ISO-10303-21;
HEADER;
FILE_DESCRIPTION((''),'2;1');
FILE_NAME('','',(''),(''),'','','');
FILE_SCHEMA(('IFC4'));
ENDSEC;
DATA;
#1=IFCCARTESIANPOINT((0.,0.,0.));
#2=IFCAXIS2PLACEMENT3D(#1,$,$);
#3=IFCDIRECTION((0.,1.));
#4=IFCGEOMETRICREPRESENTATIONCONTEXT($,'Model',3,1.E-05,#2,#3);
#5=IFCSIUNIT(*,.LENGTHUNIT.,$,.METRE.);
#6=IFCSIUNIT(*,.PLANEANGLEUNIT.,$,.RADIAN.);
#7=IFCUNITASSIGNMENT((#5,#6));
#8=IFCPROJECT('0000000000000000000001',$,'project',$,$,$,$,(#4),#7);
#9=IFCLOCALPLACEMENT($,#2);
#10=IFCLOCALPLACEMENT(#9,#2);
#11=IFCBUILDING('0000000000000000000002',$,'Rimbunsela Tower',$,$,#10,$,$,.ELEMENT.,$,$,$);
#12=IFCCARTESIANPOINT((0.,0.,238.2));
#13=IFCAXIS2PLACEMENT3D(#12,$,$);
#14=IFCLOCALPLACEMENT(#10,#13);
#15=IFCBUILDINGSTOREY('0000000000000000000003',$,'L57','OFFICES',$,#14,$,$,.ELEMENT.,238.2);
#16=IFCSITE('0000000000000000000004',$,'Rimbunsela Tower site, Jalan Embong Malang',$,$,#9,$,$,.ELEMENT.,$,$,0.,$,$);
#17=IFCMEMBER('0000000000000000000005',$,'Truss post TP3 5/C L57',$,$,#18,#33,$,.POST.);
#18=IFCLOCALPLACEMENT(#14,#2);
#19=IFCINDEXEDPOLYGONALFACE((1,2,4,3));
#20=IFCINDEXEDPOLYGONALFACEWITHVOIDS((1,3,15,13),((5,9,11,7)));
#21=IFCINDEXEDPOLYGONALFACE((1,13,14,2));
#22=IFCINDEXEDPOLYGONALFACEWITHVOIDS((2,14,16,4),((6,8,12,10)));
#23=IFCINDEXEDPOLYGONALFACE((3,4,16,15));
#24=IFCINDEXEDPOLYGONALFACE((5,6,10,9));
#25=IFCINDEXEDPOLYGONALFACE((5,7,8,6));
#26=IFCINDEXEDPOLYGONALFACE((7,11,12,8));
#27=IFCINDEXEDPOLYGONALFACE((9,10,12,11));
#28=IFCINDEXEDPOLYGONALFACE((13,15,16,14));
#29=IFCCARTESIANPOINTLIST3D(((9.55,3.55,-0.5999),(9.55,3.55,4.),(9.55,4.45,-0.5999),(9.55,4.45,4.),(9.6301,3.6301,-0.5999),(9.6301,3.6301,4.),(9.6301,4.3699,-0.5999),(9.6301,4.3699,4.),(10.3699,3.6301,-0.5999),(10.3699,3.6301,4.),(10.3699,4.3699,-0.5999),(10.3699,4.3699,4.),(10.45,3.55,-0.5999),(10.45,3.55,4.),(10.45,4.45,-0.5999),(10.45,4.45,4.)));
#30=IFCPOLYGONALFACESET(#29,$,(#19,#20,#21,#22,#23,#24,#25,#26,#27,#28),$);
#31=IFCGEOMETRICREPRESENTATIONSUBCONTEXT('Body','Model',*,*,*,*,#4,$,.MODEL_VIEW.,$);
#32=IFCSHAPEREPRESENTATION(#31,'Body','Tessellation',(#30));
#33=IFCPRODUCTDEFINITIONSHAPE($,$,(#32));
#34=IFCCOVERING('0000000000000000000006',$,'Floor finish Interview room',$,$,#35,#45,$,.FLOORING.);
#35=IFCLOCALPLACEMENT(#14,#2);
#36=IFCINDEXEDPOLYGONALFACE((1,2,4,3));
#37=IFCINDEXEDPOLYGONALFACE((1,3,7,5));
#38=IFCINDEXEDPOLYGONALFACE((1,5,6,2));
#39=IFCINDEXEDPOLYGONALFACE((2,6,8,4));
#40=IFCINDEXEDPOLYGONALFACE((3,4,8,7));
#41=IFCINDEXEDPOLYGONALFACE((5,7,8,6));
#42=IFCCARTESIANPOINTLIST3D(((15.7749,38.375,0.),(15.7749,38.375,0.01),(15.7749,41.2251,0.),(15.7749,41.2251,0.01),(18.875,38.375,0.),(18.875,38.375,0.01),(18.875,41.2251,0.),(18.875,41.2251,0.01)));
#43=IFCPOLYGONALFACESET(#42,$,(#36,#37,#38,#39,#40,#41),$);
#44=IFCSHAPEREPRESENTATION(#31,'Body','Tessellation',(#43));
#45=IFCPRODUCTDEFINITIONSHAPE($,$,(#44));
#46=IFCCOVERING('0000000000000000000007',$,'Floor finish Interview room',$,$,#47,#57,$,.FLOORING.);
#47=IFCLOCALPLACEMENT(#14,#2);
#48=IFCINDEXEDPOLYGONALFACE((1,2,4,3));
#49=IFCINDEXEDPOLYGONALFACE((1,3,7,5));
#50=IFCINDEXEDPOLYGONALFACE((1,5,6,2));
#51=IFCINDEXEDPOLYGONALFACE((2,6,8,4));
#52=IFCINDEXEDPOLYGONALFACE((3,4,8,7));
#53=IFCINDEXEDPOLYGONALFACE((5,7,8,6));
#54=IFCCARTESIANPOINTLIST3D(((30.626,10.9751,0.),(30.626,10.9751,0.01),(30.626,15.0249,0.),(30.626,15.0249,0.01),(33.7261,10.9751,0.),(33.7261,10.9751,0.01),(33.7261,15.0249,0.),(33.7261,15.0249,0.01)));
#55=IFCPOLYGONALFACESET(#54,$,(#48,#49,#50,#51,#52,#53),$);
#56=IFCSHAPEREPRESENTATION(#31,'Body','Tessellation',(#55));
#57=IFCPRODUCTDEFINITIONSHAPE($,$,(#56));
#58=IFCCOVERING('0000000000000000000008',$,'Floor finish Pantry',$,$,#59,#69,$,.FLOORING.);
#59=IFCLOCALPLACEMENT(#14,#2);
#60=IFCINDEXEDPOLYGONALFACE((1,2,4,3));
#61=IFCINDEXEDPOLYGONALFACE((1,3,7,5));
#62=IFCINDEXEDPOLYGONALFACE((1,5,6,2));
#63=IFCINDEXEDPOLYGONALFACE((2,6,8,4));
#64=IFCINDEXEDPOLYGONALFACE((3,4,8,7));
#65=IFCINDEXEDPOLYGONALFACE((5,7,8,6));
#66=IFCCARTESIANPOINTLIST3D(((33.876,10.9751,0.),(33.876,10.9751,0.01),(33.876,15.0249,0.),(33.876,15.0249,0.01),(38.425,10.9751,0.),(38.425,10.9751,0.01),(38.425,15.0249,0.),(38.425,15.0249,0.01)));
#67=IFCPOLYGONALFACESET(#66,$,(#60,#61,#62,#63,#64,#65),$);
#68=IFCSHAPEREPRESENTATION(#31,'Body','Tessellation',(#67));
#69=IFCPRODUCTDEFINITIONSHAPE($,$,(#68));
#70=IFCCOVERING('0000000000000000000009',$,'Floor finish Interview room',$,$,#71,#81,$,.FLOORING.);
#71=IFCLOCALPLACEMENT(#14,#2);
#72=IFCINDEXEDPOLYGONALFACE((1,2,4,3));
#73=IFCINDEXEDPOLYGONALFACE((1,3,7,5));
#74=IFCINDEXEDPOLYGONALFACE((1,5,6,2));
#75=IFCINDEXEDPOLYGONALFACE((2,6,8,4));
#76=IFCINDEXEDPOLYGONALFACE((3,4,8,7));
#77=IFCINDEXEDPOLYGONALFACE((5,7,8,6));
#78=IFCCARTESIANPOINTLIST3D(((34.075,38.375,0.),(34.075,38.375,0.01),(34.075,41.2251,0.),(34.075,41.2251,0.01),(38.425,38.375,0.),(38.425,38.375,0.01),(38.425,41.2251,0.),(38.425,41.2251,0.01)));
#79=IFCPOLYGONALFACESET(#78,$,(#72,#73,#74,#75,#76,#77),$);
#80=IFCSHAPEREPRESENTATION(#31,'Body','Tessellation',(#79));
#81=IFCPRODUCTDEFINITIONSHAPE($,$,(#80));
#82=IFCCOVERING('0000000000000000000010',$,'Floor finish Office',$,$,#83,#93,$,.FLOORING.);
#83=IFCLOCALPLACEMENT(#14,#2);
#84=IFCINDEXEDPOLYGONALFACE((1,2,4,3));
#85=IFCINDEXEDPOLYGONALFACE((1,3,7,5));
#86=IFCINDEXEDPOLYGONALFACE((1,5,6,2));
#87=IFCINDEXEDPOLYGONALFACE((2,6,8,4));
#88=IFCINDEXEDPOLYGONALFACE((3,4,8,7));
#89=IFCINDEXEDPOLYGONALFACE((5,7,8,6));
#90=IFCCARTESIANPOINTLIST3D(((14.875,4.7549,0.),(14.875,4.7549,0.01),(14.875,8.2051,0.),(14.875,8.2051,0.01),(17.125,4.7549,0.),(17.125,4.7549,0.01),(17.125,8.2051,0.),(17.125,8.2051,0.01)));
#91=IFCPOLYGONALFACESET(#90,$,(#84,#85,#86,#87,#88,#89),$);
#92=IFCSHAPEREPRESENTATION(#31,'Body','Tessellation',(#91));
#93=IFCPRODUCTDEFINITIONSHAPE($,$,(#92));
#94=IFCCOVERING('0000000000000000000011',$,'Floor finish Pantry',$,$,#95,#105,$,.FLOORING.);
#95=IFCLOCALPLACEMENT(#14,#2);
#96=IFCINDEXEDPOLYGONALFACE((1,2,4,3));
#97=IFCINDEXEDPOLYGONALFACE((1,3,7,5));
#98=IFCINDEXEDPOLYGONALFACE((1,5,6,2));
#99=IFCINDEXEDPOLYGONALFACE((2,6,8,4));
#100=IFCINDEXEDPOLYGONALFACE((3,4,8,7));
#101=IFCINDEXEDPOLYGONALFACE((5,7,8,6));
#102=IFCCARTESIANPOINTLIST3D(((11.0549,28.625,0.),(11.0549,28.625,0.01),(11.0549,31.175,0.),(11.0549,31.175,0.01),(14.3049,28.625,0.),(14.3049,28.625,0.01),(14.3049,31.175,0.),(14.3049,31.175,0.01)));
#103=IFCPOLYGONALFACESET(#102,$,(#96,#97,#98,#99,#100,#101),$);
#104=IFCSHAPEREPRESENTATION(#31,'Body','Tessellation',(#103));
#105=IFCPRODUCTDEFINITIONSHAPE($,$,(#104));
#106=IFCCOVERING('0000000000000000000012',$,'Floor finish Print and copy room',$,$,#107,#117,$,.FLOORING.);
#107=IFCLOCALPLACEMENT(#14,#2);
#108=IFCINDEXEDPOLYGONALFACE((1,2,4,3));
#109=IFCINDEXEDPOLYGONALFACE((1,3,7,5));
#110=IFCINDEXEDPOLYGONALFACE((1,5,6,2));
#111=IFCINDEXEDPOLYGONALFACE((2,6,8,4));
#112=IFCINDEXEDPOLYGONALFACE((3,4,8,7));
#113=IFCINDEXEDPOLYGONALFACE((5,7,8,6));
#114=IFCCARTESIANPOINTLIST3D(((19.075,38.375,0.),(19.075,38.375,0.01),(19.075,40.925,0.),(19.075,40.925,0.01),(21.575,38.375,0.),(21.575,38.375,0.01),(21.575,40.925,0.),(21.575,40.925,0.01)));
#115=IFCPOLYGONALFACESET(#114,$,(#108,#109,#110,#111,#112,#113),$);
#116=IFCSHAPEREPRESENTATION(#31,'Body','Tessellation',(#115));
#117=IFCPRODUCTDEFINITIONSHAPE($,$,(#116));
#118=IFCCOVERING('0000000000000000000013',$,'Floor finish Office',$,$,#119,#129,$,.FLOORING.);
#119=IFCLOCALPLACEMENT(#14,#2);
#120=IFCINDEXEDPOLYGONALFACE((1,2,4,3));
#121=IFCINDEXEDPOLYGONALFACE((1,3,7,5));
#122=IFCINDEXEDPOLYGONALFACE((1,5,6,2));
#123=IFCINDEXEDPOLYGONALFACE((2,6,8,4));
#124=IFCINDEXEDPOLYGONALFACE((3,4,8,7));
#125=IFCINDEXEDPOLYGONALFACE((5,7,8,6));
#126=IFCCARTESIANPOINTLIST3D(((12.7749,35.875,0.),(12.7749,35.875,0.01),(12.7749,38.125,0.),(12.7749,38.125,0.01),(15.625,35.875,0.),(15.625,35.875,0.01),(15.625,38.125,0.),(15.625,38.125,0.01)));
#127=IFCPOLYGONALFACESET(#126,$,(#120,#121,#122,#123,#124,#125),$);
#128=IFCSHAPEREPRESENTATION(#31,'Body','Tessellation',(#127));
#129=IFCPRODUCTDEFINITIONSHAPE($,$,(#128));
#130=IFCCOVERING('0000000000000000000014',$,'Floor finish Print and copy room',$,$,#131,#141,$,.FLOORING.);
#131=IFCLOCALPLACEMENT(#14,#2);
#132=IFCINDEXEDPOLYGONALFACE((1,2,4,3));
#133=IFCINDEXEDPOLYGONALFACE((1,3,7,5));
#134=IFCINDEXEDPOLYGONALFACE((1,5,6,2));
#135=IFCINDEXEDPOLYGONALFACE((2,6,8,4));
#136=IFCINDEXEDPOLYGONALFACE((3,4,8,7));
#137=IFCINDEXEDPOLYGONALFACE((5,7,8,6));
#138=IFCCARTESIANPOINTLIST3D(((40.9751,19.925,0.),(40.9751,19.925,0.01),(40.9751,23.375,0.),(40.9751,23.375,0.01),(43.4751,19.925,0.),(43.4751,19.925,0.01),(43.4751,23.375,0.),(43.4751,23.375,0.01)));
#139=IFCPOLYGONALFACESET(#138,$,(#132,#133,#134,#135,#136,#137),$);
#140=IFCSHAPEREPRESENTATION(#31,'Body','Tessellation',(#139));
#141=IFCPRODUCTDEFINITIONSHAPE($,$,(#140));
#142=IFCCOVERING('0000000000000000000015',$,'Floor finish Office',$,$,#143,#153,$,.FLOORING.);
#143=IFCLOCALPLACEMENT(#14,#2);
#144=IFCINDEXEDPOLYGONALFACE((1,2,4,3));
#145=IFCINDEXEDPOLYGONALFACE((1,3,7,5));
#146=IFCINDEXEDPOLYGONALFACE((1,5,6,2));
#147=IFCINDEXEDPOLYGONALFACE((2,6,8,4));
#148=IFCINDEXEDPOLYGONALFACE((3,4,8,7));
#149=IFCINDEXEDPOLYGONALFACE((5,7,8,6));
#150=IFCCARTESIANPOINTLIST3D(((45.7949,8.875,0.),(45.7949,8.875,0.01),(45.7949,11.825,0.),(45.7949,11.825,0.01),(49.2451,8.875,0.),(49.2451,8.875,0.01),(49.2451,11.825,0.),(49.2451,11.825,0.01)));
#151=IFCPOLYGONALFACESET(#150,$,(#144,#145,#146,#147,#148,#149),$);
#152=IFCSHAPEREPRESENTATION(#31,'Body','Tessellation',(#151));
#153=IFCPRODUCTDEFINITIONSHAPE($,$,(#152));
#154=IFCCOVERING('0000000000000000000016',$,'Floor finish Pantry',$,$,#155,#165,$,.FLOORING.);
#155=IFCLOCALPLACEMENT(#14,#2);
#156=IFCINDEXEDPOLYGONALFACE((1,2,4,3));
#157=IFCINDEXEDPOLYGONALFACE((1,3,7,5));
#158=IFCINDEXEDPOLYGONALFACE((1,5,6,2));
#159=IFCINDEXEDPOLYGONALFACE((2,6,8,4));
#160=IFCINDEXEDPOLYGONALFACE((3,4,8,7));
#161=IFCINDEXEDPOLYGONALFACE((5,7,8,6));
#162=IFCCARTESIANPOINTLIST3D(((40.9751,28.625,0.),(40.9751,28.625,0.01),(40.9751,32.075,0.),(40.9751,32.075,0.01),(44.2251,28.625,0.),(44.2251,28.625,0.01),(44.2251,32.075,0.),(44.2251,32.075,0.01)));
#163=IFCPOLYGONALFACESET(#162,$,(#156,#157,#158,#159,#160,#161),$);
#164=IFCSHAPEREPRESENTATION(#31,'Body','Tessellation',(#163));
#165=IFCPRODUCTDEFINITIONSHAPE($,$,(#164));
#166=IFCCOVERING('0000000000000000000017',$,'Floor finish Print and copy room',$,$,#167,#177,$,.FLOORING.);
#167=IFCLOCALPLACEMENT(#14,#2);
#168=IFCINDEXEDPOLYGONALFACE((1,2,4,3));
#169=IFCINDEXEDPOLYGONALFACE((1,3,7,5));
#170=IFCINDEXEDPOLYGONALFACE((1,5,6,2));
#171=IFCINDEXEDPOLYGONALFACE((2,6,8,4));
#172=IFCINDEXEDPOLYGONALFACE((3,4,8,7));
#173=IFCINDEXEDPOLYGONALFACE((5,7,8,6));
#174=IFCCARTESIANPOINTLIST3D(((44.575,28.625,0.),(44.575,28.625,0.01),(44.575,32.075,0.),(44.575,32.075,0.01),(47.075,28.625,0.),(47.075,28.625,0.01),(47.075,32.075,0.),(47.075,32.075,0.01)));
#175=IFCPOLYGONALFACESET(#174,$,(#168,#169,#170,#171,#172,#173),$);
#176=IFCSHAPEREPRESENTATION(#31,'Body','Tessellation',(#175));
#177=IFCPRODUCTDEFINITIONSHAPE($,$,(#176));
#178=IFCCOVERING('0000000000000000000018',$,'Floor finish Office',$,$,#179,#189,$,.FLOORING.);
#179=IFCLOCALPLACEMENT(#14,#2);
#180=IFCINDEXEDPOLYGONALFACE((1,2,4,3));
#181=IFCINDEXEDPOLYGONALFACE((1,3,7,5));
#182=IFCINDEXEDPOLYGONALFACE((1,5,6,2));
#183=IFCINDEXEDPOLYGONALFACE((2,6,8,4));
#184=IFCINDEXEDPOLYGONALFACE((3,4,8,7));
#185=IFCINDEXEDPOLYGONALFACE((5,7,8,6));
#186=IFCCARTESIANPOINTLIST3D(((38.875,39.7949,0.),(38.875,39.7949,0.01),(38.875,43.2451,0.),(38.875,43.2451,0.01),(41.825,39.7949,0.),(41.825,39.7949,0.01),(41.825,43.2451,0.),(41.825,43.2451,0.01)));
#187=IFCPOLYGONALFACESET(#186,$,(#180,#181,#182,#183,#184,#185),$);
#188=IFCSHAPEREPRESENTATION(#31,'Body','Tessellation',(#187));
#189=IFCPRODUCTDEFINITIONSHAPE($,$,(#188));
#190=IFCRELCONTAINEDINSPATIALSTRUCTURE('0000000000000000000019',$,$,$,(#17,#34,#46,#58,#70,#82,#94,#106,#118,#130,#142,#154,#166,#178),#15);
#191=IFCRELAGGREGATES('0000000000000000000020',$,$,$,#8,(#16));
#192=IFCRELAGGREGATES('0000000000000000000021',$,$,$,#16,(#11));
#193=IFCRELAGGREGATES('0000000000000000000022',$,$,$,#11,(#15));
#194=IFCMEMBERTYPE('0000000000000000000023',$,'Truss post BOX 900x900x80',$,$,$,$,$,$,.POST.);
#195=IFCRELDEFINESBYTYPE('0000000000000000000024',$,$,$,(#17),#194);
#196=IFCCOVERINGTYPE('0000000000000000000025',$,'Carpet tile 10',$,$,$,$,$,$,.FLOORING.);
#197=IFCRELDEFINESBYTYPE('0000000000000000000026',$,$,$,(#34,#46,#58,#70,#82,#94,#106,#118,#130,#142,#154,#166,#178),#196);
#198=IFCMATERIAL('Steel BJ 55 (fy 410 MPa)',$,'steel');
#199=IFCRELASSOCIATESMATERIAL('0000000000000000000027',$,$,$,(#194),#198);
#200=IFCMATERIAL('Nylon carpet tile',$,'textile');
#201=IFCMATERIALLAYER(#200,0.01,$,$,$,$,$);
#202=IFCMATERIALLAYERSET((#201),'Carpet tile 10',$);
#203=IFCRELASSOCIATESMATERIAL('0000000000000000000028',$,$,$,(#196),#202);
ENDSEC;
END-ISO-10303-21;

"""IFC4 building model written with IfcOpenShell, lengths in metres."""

from ifc_helpers import new_model, si_unit, direction, frame, origin, origin_2d, place, context, subcontext, project, spatial, polyline, hollow_rectangle, outline, extrude, material, layer, layer_set, material_profile, profile_set, type_object, element, save


model = new_model("IFC4")

# Units and contexts
model_context = context("Model", 3, precision=1e-05, world=origin(), true_north=direction((0.0, 1.0)))
body_context = subcontext(model_context, "Body", "Model", "MODEL_VIEW")
ifc_project = project(units=[si_unit("LENGTHUNIT", "METRE"), si_unit("PLANEANGLEUNIT", "RADIAN")], contexts=[model_context])

# Site, building, storey
site_placement = place(None, origin())
site = spatial("IfcSite", under=ifc_project, at=site_placement, Name="Rimbunsela Tower site, Jalan Embong Malang", CompositionType="ELEMENT", RefElevation=0.0)
building_placement = place(site_placement, origin())
building = spatial("IfcBuilding", under=site, at=building_placement, Name="Rimbunsela Tower", CompositionType="ELEMENT")
storey_placement = place(building_placement, frame((0.0, 0.0, 238.2)))
storey = spatial("IfcBuildingStorey", under=building, at=storey_placement, Name="L57", Description="OFFICES", CompositionType="ELEMENT", Elevation=238.2)

# Member
ifc_material_1 = material(Name="Steel BJ 55 (fy 410 MPa)", Category="steel")
ifc_material_profile_1 = material_profile(ifc_material_1, hollow_rectangle(XDim=0.8999, YDim=0.8999, WallThickness=0.0801, at=origin_2d()), Name="BOX 900x900x80")
ifc_profile_set_1 = profile_set([ifc_material_profile_1], Name="Steel BJ 55 (fy 410 MPa)")
member_type_1 = type_object("IfcMemberType", Name="Truss post BOX 900x900x80", PredefinedType="POST", material=ifc_profile_set_1)
member_placement = place(storey_placement, frame((10.0, 4.0, -0.5999), z_axis=(0.0, 0.0, 1.0), x_axis=(1.0, 0.0, 0.0)))
element("IfcMember", 1, at=member_placement, inside=storey, type_object=member_type_1, Name="Truss post TP3 5/C L57", PredefinedType="POST", context=body_context, shape_type="SweptSolid", body=[
    extrude(hollow_rectangle(XDim=0.8999, YDim=0.8999, WallThickness=0.0801, at=origin_2d()), origin(), (0.0, 0.0, 1.0), 4.5999),
])

# Coverings
ifc_material_2 = material(Name="Nylon carpet tile", Category="textile")
ifc_layer_1 = layer(ifc_material_2, 0.01)
ifc_layer_set_1 = layer_set([ifc_layer_1], Name="Carpet tile 10")
covering_type_1 = type_object("IfcCoveringType", Name="Carpet tile 10", PredefinedType="FLOORING", material=ifc_layer_set_1)
covering_1_placement = place(storey_placement, origin())
element("IfcCovering", 2, at=covering_1_placement, inside=storey, type_object=covering_type_1, Name="Floor finish Interview room", PredefinedType="FLOORING", context=body_context, shape_type="SweptSolid", body=[
    extrude(outline(polyline([(18.875, 38.375), (18.875, 41.2251), (15.7749, 41.2251), (15.7749, 38.375), (18.875, 38.375)])), origin(), (0.0, 0.0, 1.0), 0.01),
])
covering_2_placement = place(storey_placement, origin())
element("IfcCovering", 3, at=covering_2_placement, inside=storey, type_object=covering_type_1, Name="Floor finish Interview room", PredefinedType="FLOORING", context=body_context, shape_type="SweptSolid", body=[
    extrude(outline(polyline([(33.7261, 10.9751), (33.7261, 15.0249), (30.626, 15.0249), (30.626, 10.9751), (33.7261, 10.9751)])), origin(), (0.0, 0.0, 1.0), 0.01),
])
covering_3_placement = place(storey_placement, origin())
element("IfcCovering", 4, at=covering_3_placement, inside=storey, type_object=covering_type_1, Name="Floor finish Pantry", PredefinedType="FLOORING", context=body_context, shape_type="SweptSolid", body=[
    extrude(outline(polyline([(38.425, 10.9751), (38.425, 15.0249), (33.876, 15.0249), (33.876, 10.9751), (38.425, 10.9751)])), origin(), (0.0, 0.0, 1.0), 0.01),
])
covering_4_placement = place(storey_placement, origin())
element("IfcCovering", 5, at=covering_4_placement, inside=storey, type_object=covering_type_1, Name="Floor finish Interview room", PredefinedType="FLOORING", context=body_context, shape_type="SweptSolid", body=[
    extrude(outline(polyline([(38.425, 38.375), (38.425, 41.2251), (34.075, 41.2251), (34.075, 38.375), (38.425, 38.375)])), origin(), (0.0, 0.0, 1.0), 0.01),
])
covering_5_placement = place(storey_placement, origin())
element("IfcCovering", 6, at=covering_5_placement, inside=storey, type_object=covering_type_1, Name="Floor finish Office", PredefinedType="FLOORING", context=body_context, shape_type="SweptSolid", body=[
    extrude(outline(polyline([(17.125, 4.7549), (17.125, 8.2051), (14.875, 8.2051), (14.875, 4.7549), (17.125, 4.7549)])), origin(), (0.0, 0.0, 1.0), 0.01),
])
covering_6_placement = place(storey_placement, origin())
element("IfcCovering", 7, at=covering_6_placement, inside=storey, type_object=covering_type_1, Name="Floor finish Pantry", PredefinedType="FLOORING", context=body_context, shape_type="SweptSolid", body=[
    extrude(outline(polyline([(14.3049, 28.625), (14.3049, 31.175), (11.0549, 31.175), (11.0549, 28.625), (14.3049, 28.625)])), origin(), (0.0, 0.0, 1.0), 0.01),
])
covering_7_placement = place(storey_placement, origin())
element("IfcCovering", 8, at=covering_7_placement, inside=storey, type_object=covering_type_1, Name="Floor finish Print and copy room", PredefinedType="FLOORING", context=body_context, shape_type="SweptSolid", body=[
    extrude(outline(polyline([(21.575, 38.375), (21.575, 40.925), (19.075, 40.925), (19.075, 38.375), (21.575, 38.375)])), origin(), (0.0, 0.0, 1.0), 0.01),
])
covering_8_placement = place(storey_placement, origin())
element("IfcCovering", 9, at=covering_8_placement, inside=storey, type_object=covering_type_1, Name="Floor finish Office", PredefinedType="FLOORING", context=body_context, shape_type="SweptSolid", body=[
    extrude(outline(polyline([(15.625, 35.875), (15.625, 38.125), (12.7749, 38.125), (12.7749, 35.875), (15.625, 35.875)])), origin(), (0.0, 0.0, 1.0), 0.01),
])
covering_9_placement = place(storey_placement, origin())
element("IfcCovering", 10, at=covering_9_placement, inside=storey, type_object=covering_type_1, Name="Floor finish Print and copy room", PredefinedType="FLOORING", context=body_context, shape_type="SweptSolid", body=[
    extrude(outline(polyline([(43.4751, 19.925), (43.4751, 23.375), (40.9751, 23.375), (40.9751, 19.925), (43.4751, 19.925)])), origin(), (0.0, 0.0, 1.0), 0.01),
])
covering_10_placement = place(storey_placement, origin())
element("IfcCovering", 11, at=covering_10_placement, inside=storey, type_object=covering_type_1, Name="Floor finish Office", PredefinedType="FLOORING", context=body_context, shape_type="SweptSolid", body=[
    extrude(outline(polyline([(49.2451, 8.875), (49.2451, 11.825), (45.7949, 11.825), (45.7949, 8.875), (49.2451, 8.875)])), origin(), (0.0, 0.0, 1.0), 0.01),
])
covering_11_placement = place(storey_placement, origin())
element("IfcCovering", 12, at=covering_11_placement, inside=storey, type_object=covering_type_1, Name="Floor finish Pantry", PredefinedType="FLOORING", context=body_context, shape_type="SweptSolid", body=[
    extrude(outline(polyline([(44.2251, 28.625), (44.2251, 32.075), (40.9751, 32.075), (40.9751, 28.625), (44.2251, 28.625)])), origin(), (0.0, 0.0, 1.0), 0.01),
])
covering_12_placement = place(storey_placement, origin())
element("IfcCovering", 13, at=covering_12_placement, inside=storey, type_object=covering_type_1, Name="Floor finish Print and copy room", PredefinedType="FLOORING", context=body_context, shape_type="SweptSolid", body=[
    extrude(outline(polyline([(47.075, 28.625), (47.075, 32.075), (44.575, 32.075), (44.575, 28.625), (47.075, 28.625)])), origin(), (0.0, 0.0, 1.0), 0.01),
])
covering_13_placement = place(storey_placement, origin())
element("IfcCovering", 14, at=covering_13_placement, inside=storey, type_object=covering_type_1, Name="Floor finish Office", PredefinedType="FLOORING", context=body_context, shape_type="SweptSolid", body=[
    extrude(outline(polyline([(41.825, 39.7949), (41.825, 43.2451), (38.875, 43.2451), (38.875, 39.7949), (41.825, 39.7949)])), origin(), (0.0, 0.0, 1.0), 0.01),
])

save(model, "model.ifc")
